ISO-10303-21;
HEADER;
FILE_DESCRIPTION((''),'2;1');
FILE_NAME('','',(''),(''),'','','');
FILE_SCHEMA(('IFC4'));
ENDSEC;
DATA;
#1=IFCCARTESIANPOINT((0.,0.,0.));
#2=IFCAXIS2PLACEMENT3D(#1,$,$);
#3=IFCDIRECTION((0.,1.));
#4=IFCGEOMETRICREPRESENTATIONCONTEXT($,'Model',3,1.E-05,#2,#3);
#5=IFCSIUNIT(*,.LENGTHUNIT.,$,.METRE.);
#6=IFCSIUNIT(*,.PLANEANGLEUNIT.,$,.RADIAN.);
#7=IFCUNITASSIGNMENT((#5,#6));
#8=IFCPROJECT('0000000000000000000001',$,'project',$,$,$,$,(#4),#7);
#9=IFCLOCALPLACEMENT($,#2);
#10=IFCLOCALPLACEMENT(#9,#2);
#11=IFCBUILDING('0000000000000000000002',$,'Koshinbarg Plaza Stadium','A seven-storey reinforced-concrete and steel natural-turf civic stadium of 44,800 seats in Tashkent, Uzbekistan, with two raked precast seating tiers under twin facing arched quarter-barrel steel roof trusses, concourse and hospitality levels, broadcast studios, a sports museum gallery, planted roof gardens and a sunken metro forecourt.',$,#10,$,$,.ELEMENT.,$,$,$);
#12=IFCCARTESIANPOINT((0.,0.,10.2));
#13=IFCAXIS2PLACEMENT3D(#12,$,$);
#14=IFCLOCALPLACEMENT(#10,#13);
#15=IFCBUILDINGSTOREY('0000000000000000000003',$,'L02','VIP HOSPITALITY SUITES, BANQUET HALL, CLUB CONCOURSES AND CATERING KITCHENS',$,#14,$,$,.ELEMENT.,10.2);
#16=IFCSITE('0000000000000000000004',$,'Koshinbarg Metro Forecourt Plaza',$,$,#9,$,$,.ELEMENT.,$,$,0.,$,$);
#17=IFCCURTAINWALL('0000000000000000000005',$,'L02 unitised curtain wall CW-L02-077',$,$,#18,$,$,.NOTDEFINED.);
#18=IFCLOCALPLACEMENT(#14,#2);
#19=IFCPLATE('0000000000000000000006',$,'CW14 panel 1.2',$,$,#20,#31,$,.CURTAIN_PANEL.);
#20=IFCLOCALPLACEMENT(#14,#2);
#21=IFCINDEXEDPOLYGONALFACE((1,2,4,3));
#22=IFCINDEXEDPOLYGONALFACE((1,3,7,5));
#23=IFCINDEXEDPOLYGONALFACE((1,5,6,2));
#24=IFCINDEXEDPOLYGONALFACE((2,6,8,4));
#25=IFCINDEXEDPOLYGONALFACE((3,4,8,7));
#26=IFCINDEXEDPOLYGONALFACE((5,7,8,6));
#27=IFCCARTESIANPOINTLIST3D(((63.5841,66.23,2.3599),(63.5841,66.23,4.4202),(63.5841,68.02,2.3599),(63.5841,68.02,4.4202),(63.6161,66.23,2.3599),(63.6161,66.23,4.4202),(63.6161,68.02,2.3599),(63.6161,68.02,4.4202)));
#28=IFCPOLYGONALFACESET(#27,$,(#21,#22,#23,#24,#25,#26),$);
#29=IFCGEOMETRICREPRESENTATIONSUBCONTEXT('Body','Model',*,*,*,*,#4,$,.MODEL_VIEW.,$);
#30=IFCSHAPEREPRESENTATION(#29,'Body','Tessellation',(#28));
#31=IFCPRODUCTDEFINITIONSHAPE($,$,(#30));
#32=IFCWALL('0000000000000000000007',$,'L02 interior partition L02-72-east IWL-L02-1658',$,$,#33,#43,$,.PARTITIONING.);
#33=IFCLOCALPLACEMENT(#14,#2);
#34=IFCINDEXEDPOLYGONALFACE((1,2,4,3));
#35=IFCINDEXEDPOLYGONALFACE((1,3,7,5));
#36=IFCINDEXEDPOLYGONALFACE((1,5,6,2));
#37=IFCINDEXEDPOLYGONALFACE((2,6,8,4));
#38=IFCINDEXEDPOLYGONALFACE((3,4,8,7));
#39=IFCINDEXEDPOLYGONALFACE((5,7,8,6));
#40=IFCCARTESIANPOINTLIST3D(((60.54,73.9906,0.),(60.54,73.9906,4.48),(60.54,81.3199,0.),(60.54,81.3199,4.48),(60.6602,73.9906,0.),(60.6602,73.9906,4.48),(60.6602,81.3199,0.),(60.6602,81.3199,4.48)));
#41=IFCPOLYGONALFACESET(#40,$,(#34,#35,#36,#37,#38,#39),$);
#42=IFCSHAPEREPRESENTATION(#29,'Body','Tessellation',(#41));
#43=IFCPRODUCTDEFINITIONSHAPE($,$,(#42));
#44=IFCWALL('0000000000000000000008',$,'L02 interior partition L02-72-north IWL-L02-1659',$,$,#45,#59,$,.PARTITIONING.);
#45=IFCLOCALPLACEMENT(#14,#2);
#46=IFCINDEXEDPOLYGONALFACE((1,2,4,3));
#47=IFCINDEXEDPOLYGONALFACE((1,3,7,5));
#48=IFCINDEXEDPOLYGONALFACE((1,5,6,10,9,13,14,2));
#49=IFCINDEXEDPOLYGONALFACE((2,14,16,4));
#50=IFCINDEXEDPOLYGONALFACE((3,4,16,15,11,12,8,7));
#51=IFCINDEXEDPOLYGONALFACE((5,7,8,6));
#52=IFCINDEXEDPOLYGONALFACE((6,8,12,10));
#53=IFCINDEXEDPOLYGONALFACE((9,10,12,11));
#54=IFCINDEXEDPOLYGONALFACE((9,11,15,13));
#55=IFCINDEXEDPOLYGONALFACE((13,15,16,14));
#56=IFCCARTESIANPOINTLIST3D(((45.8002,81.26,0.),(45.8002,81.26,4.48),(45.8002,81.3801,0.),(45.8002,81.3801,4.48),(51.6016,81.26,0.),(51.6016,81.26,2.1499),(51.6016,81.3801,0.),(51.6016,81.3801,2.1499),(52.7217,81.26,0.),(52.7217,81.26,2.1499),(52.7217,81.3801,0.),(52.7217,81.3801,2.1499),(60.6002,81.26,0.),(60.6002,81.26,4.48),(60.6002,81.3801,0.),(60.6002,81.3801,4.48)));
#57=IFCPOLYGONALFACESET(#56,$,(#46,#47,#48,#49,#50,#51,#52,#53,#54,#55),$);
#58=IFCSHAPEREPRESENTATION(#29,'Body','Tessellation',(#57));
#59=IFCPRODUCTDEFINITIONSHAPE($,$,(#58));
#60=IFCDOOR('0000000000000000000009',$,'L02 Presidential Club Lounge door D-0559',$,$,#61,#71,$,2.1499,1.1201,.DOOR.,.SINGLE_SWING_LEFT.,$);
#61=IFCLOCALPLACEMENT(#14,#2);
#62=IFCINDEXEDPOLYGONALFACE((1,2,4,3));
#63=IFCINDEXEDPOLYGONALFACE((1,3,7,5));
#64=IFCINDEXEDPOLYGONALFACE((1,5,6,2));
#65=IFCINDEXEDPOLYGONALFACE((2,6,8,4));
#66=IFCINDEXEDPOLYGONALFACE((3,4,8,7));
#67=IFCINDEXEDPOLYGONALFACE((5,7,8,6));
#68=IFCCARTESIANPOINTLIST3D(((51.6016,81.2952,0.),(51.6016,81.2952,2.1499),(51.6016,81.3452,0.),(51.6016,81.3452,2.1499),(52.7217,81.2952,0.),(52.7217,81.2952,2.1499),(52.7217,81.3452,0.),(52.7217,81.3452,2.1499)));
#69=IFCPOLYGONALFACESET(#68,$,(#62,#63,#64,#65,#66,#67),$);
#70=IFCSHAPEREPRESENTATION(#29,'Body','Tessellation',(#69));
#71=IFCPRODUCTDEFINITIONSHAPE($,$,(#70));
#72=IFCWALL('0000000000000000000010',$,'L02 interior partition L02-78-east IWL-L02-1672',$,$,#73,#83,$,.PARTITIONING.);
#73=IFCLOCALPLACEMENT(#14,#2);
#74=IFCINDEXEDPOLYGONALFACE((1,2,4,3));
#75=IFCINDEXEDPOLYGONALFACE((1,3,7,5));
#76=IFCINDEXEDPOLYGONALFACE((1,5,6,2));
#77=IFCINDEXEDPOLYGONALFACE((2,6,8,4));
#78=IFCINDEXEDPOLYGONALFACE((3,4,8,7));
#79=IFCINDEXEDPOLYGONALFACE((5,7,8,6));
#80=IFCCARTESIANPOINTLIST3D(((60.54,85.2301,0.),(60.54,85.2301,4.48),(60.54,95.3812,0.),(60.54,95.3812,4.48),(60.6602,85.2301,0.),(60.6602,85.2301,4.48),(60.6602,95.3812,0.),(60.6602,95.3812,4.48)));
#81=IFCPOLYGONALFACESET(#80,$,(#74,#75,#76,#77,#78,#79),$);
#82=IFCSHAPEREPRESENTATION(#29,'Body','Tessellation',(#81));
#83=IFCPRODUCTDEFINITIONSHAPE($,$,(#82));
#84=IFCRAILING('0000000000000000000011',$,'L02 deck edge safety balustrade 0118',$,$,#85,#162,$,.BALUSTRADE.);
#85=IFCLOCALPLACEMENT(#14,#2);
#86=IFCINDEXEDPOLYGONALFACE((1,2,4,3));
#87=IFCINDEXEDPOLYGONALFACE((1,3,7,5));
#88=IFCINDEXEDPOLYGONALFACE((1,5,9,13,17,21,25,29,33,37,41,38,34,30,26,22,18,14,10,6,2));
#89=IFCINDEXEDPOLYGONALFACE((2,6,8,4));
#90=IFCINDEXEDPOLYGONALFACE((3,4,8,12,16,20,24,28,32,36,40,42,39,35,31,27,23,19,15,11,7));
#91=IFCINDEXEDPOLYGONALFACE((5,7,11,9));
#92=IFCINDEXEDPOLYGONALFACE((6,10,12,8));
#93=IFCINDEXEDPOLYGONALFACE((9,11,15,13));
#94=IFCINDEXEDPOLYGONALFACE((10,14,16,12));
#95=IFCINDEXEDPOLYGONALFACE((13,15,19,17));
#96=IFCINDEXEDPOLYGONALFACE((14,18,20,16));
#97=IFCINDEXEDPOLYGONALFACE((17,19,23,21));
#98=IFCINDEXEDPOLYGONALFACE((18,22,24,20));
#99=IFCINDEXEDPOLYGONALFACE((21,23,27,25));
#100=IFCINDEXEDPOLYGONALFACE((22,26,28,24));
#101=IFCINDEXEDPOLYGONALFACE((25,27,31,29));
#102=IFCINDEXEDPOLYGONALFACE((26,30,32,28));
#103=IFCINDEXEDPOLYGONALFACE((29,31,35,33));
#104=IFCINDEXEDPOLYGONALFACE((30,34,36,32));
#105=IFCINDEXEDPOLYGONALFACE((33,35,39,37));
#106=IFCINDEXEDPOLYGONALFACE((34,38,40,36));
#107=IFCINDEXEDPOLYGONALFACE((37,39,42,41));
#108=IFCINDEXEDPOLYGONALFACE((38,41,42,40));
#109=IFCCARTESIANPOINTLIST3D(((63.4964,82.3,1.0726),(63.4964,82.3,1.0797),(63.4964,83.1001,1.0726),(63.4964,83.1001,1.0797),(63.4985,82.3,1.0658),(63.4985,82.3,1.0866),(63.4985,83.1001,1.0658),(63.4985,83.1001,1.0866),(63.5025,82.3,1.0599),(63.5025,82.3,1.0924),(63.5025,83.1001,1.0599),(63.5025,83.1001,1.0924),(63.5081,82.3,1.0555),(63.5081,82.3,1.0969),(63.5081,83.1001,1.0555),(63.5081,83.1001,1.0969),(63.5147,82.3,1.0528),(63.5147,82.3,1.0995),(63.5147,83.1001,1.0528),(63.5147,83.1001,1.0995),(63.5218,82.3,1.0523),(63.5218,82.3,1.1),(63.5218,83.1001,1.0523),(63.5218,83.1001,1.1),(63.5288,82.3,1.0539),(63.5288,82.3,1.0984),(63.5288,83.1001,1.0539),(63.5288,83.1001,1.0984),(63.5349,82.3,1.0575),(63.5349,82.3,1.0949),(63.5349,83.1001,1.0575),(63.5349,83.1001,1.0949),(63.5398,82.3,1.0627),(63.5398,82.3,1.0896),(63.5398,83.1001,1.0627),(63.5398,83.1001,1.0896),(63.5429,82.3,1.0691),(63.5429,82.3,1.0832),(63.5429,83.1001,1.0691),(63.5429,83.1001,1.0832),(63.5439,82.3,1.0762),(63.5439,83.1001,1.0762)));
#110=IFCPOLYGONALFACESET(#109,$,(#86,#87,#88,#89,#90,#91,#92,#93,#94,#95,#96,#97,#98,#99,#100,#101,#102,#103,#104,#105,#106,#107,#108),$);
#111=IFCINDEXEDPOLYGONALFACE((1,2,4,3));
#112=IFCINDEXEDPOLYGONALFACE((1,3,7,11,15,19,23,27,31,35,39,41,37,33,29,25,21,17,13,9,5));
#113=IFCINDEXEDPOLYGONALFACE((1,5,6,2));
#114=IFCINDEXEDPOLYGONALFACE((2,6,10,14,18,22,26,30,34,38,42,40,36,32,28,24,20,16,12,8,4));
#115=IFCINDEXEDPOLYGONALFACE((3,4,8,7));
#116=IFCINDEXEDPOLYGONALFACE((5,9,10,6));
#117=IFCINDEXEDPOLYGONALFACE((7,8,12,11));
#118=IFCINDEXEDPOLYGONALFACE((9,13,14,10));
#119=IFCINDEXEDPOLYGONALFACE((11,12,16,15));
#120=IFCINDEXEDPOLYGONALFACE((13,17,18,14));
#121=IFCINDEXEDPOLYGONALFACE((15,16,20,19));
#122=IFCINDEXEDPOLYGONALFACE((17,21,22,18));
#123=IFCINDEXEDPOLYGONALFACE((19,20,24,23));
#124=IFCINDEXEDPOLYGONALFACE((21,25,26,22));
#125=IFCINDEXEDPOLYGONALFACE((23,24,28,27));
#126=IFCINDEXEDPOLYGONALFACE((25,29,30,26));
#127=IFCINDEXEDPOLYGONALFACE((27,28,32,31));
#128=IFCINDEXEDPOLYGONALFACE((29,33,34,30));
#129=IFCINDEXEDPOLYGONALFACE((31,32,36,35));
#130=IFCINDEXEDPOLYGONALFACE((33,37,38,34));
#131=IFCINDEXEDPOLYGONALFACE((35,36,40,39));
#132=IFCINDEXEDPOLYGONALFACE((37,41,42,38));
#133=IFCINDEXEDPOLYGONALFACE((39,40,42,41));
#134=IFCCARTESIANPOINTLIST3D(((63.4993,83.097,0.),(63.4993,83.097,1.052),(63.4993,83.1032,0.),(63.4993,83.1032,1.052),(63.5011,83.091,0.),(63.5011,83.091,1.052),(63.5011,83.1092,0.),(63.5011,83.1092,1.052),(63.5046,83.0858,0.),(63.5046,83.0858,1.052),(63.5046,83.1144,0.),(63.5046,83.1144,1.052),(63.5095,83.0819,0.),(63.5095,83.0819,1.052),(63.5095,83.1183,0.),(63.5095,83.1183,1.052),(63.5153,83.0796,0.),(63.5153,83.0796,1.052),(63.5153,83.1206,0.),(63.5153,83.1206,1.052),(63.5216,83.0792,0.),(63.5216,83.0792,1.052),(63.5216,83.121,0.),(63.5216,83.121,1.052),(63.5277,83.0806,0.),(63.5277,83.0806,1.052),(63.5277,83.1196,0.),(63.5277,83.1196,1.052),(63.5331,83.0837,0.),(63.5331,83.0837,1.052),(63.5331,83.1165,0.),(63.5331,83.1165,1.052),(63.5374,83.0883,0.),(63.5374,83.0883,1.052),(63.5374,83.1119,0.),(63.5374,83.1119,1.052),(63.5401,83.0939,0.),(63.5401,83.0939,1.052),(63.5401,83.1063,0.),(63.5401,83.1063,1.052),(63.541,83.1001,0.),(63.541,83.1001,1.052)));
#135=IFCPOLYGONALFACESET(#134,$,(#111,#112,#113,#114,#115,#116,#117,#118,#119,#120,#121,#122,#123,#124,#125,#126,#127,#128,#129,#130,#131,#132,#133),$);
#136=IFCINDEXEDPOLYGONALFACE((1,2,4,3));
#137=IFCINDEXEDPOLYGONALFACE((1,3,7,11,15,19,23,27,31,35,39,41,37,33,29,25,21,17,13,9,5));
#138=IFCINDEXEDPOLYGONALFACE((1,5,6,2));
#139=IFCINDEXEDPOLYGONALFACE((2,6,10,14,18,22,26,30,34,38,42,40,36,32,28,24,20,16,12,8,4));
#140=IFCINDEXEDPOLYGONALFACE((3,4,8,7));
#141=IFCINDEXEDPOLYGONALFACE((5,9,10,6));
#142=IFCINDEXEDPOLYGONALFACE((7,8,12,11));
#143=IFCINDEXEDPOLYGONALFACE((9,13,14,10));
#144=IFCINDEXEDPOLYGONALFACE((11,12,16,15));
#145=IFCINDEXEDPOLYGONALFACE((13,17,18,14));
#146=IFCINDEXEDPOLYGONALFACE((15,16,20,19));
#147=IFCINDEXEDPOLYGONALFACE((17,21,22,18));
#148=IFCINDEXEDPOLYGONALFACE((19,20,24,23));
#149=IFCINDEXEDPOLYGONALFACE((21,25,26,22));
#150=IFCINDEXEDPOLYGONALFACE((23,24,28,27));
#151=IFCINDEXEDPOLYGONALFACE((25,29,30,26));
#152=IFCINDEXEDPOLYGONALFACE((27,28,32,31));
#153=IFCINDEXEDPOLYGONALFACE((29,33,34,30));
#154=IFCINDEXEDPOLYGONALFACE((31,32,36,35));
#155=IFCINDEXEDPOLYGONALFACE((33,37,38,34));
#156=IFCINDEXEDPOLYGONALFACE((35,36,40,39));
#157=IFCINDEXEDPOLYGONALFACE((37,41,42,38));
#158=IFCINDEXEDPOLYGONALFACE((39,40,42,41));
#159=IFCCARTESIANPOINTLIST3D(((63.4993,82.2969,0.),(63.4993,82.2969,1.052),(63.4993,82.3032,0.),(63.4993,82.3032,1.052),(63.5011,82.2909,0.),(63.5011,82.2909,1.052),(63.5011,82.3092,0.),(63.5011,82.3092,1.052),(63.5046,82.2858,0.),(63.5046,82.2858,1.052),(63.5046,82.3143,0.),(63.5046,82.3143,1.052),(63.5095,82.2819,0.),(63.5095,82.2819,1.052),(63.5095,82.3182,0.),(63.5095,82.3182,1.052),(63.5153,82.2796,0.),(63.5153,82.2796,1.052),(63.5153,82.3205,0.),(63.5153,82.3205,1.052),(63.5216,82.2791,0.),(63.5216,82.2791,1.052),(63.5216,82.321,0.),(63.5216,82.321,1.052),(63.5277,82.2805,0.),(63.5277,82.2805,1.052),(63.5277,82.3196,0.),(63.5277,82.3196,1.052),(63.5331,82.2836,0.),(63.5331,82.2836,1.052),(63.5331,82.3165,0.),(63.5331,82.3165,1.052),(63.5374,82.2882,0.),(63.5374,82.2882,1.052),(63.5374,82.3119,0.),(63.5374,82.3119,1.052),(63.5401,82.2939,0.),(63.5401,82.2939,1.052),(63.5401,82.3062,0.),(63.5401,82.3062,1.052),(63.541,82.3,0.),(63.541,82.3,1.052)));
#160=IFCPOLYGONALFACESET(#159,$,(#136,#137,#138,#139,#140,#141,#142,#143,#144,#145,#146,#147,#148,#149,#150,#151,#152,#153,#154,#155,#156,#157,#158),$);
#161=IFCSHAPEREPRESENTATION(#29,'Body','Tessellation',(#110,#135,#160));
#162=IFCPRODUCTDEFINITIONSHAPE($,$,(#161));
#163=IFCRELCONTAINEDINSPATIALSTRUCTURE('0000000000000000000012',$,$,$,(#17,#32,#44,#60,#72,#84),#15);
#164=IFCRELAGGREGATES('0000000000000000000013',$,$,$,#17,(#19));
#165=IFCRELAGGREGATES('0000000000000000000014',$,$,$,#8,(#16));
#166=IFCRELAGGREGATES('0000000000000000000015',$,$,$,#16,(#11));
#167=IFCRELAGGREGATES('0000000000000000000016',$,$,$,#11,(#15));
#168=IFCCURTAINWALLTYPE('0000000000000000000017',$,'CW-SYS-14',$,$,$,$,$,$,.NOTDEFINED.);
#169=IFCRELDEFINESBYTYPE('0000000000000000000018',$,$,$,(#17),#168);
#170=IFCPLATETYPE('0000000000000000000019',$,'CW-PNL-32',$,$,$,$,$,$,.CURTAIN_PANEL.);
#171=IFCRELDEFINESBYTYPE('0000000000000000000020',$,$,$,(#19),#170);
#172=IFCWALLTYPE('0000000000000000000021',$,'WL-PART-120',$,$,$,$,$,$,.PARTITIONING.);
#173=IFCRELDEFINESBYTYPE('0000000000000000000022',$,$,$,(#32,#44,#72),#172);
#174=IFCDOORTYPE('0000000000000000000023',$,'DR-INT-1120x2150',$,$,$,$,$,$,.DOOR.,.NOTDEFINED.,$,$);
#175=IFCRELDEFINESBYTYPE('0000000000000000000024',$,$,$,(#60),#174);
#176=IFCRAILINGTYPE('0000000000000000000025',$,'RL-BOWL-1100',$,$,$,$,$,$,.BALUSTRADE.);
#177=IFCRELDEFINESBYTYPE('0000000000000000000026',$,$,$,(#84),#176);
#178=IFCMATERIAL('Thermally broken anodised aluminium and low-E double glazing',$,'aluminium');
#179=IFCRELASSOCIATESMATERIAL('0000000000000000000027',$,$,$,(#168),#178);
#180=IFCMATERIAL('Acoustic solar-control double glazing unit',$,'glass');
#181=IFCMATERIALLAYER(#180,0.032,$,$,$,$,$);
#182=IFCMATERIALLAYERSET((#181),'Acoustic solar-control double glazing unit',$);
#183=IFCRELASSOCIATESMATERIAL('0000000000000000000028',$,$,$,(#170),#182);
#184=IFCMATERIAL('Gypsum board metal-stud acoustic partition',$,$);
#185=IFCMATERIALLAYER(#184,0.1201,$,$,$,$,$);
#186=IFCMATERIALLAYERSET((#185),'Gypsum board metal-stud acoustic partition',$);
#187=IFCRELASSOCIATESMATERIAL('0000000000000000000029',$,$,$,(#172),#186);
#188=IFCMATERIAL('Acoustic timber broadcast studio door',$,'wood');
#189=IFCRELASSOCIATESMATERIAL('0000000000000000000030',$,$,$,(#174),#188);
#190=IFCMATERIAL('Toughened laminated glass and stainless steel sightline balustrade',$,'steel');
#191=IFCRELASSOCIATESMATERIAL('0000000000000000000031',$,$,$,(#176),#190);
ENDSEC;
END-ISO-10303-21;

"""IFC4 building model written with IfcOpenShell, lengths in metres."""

from ifc_helpers import new_model, si_unit, direction, frame, frame_2d, origin, origin_2d, place, context, subcontext, project, spatial, rectangle, circle, extrude, material, layer, layer_set, type_object, element, fill, aggregate, save


model = new_model("IFC4")

# Units and contexts
model_context = context("Model", 3, precision=1e-05, world=origin(), true_north=direction((0.0, 1.0)))
body_context = subcontext(model_context, "Body", "Model", "MODEL_VIEW")
ifc_project = project(units=[si_unit("LENGTHUNIT", "METRE"), si_unit("PLANEANGLEUNIT", "RADIAN")], contexts=[model_context])

# Site, building, storey
site_placement = place(None, origin())
site = spatial("IfcSite", under=ifc_project, at=site_placement, Name="Koshinbarg Metro Forecourt Plaza", CompositionType="ELEMENT", RefElevation=0.0)
building_placement = place(site_placement, origin())
building = spatial("IfcBuilding", under=site, at=building_placement, Name="Koshinbarg Plaza Stadium", Description="A seven-storey reinforced-concrete and steel natural-turf civic stadium of 44,800 seats in Tashkent, Uzbekistan, with two raked precast seating tiers under twin facing arched quarter-barrel steel roof trusses, concourse and hospitality levels, broadcast studios, a sports museum gallery, planted roof gardens and a sunken metro forecourt.", CompositionType="ELEMENT")
storey_placement = place(building_placement, frame((0.0, 0.0, 10.2)))
storey = spatial("IfcBuildingStorey", under=building, at=storey_placement, Name="L02", Description="VIP HOSPITALITY SUITES, BANQUET HALL, CLUB CONCOURSES AND CATERING KITCHENS", CompositionType="ELEMENT", Elevation=10.2)

# Curtain wall, plate
ifc_material_1 = material(Name="Thermally broken anodised aluminium and low-E double glazing", Category="aluminium")
curtain_wall_type = type_object("IfcCurtainWallType", Name="CW-SYS-14", PredefinedType="NOTDEFINED", material=ifc_material_1)
curtain_wall_placement = place(storey_placement, origin())
curtain_wall = element("IfcCurtainWall", 1, at=curtain_wall_placement, inside=storey, type_object=curtain_wall_type, Name="L02 unitised curtain wall CW-L02-077", PredefinedType="NOTDEFINED")
ifc_material_2 = material(Name="Acoustic solar-control double glazing unit", Category="glass")
ifc_layer_1 = layer(ifc_material_2, 0.032)
ifc_layer_set_1 = layer_set([ifc_layer_1], Name="Acoustic solar-control double glazing unit")
plate_type = type_object("IfcPlateType", Name="CW-PNL-32", PredefinedType="CURTAIN_PANEL", material=ifc_layer_set_1)
plate_placement = place(storey_placement, frame((63.6001, 67.125, 2.3599), z_axis=(0.0, 0.0, 1.0), x_axis=(0.0, -1.0, 0.0)))
plate = element("IfcPlate", 2, at=plate_placement, type_object=plate_type, Name="CW14 panel 1.2", PredefinedType="CURTAIN_PANEL", context=body_context, shape_type="SweptSolid", body=[
    extrude(rectangle(XDim=1.79, YDim=0.032, at=origin_2d()), origin(), (0.0, 0.0, 1.0), 2.0603),
])
aggregate(curtain_wall, [plate])

# Wall
ifc_material_3 = material(Name="Gypsum board metal-stud acoustic partition")
ifc_layer_2 = layer(ifc_material_3, 0.1201)
ifc_layer_set_2 = layer_set([ifc_layer_2], Name="Gypsum board metal-stud acoustic partition")
wall_type = type_object("IfcWallType", Name="WL-PART-120", PredefinedType="PARTITIONING", material=ifc_layer_set_2)
wall_1_placement = place(storey_placement, frame((60.6001, 73.9907, 0.0), z_axis=(0.0, 0.0, 1.0), x_axis=(0.0, 1.0, 0.0)))
element("IfcWall", 3, at=wall_1_placement, inside=storey, type_object=wall_type, Name="L02 interior partition L02-72-east IWL-L02-1658", PredefinedType="PARTITIONING", context=body_context, shape_type="SweptSolid", body=[
    extrude(rectangle(XDim=7.3293, YDim=0.1201, at=frame_2d((3.6646, 0.0))), origin(), (0.0, 0.0, 1.0), 4.48),
])

# Wall, opening, door
wall_2_placement = place(storey_placement, frame((60.6001, 81.3201, 0.0), z_axis=(0.0, 0.0, 1.0), x_axis=(-1.0, 0.0, 0.0)))
wall_2 = element("IfcWall", 4, at=wall_2_placement, inside=storey, type_object=wall_type, Name="L02 interior partition L02-72-north IWL-L02-1659", PredefinedType="PARTITIONING", context=body_context, shape_type="SweptSolid", body=[
    extrude(rectangle(XDim=14.8, YDim=0.1201, at=frame_2d((7.3999, 0.0))), origin(), (0.0, 0.0, 1.0), 4.48),
])
opening_placement = place(wall_2_placement, frame((7.8784, 0.0, 0.0)))
opening = element("IfcOpeningElement", 5, at=opening_placement, cuts=wall_2, PredefinedType="OPENING", context=body_context, shape_type="SweptSolid", body=[
    extrude(rectangle(XDim=1.1201, YDim=2.1499, at=frame_2d((0.5601, 1.075))), frame((0.0, 0.0701, 0.0), z_axis=(0.0, -1.0, 0.0), x_axis=(1.0, 0.0, 0.0)), (0.0, 0.0, 1.0), 0.1401),
])
ifc_material_4 = material(Name="Acoustic timber broadcast studio door", Category="wood")
door_type = type_object("IfcDoorType", Name="DR-INT-1120x2150", OperationType="NOTDEFINED", PredefinedType="DOOR", material=ifc_material_4)
door_placement = place(opening_placement, origin())
door = element("IfcDoor", 6, at=door_placement, inside=storey, type_object=door_type, Name="L02 Presidential Club Lounge door D-0559", OperationType="SINGLE_SWING_LEFT", OverallHeight=2.1499, OverallWidth=1.1201, PredefinedType="DOOR", context=body_context, shape_type="SweptSolid", body=[
    extrude(rectangle(XDim=1.1201, YDim=2.1499, at=frame_2d((0.5601, 1.075))), frame((0.0, 0.0249, 0.0), z_axis=(0.0, -1.0, 0.0), x_axis=(1.0, 0.0, 0.0)), (0.0, 0.0, 1.0), 0.05),
])
fill(opening, door)

# Wall
wall_3_placement = place(storey_placement, frame((60.6001, 85.23, 0.0), z_axis=(0.0, 0.0, 1.0), x_axis=(0.0, 1.0, 0.0)))
element("IfcWall", 7, at=wall_3_placement, inside=storey, type_object=wall_type, Name="L02 interior partition L02-78-east IWL-L02-1672", PredefinedType="PARTITIONING", context=body_context, shape_type="SweptSolid", body=[
    extrude(rectangle(XDim=10.1511, YDim=0.1201, at=frame_2d((5.0757, 0.0))), origin(), (0.0, 0.0, 1.0), 4.48),
])

# Railing
ifc_material_5 = material(Name="Toughened laminated glass and stainless steel sightline balustrade", Category="steel")
railing_type = type_object("IfcRailingType", Name="RL-BOWL-1100", PredefinedType="BALUSTRADE", material=ifc_material_5)
railing_1_placement = place(storey_placement, frame((63.52, 83.1001, 0.0)))
element("IfcRailing", 8, at=railing_1_placement, inside=storey, type_object=railing_type, Name="L02 deck edge safety balustrade 0118", PredefinedType="BALUSTRADE", context=body_context, shape_type="SweptSolid", body=[
    extrude(circle(Radius=0.0239, at=origin_2d()), frame((0.0, 0.0, 1.0762), z_axis=(0.0, -1.0, 0.0), x_axis=(1.0, 0.0, 0.0)), (0.0, 0.0, 1.0), 0.8),
    extrude(circle(Radius=0.021, at=origin_2d()), origin(), (0.0, 0.0, 1.0), 1.052),
    extrude(circle(Radius=0.021, at=origin_2d()), frame((0.0, -0.8, 0.0)), (0.0, 0.0, 1.0), 1.052),
])

save(model, "model.ifc")
